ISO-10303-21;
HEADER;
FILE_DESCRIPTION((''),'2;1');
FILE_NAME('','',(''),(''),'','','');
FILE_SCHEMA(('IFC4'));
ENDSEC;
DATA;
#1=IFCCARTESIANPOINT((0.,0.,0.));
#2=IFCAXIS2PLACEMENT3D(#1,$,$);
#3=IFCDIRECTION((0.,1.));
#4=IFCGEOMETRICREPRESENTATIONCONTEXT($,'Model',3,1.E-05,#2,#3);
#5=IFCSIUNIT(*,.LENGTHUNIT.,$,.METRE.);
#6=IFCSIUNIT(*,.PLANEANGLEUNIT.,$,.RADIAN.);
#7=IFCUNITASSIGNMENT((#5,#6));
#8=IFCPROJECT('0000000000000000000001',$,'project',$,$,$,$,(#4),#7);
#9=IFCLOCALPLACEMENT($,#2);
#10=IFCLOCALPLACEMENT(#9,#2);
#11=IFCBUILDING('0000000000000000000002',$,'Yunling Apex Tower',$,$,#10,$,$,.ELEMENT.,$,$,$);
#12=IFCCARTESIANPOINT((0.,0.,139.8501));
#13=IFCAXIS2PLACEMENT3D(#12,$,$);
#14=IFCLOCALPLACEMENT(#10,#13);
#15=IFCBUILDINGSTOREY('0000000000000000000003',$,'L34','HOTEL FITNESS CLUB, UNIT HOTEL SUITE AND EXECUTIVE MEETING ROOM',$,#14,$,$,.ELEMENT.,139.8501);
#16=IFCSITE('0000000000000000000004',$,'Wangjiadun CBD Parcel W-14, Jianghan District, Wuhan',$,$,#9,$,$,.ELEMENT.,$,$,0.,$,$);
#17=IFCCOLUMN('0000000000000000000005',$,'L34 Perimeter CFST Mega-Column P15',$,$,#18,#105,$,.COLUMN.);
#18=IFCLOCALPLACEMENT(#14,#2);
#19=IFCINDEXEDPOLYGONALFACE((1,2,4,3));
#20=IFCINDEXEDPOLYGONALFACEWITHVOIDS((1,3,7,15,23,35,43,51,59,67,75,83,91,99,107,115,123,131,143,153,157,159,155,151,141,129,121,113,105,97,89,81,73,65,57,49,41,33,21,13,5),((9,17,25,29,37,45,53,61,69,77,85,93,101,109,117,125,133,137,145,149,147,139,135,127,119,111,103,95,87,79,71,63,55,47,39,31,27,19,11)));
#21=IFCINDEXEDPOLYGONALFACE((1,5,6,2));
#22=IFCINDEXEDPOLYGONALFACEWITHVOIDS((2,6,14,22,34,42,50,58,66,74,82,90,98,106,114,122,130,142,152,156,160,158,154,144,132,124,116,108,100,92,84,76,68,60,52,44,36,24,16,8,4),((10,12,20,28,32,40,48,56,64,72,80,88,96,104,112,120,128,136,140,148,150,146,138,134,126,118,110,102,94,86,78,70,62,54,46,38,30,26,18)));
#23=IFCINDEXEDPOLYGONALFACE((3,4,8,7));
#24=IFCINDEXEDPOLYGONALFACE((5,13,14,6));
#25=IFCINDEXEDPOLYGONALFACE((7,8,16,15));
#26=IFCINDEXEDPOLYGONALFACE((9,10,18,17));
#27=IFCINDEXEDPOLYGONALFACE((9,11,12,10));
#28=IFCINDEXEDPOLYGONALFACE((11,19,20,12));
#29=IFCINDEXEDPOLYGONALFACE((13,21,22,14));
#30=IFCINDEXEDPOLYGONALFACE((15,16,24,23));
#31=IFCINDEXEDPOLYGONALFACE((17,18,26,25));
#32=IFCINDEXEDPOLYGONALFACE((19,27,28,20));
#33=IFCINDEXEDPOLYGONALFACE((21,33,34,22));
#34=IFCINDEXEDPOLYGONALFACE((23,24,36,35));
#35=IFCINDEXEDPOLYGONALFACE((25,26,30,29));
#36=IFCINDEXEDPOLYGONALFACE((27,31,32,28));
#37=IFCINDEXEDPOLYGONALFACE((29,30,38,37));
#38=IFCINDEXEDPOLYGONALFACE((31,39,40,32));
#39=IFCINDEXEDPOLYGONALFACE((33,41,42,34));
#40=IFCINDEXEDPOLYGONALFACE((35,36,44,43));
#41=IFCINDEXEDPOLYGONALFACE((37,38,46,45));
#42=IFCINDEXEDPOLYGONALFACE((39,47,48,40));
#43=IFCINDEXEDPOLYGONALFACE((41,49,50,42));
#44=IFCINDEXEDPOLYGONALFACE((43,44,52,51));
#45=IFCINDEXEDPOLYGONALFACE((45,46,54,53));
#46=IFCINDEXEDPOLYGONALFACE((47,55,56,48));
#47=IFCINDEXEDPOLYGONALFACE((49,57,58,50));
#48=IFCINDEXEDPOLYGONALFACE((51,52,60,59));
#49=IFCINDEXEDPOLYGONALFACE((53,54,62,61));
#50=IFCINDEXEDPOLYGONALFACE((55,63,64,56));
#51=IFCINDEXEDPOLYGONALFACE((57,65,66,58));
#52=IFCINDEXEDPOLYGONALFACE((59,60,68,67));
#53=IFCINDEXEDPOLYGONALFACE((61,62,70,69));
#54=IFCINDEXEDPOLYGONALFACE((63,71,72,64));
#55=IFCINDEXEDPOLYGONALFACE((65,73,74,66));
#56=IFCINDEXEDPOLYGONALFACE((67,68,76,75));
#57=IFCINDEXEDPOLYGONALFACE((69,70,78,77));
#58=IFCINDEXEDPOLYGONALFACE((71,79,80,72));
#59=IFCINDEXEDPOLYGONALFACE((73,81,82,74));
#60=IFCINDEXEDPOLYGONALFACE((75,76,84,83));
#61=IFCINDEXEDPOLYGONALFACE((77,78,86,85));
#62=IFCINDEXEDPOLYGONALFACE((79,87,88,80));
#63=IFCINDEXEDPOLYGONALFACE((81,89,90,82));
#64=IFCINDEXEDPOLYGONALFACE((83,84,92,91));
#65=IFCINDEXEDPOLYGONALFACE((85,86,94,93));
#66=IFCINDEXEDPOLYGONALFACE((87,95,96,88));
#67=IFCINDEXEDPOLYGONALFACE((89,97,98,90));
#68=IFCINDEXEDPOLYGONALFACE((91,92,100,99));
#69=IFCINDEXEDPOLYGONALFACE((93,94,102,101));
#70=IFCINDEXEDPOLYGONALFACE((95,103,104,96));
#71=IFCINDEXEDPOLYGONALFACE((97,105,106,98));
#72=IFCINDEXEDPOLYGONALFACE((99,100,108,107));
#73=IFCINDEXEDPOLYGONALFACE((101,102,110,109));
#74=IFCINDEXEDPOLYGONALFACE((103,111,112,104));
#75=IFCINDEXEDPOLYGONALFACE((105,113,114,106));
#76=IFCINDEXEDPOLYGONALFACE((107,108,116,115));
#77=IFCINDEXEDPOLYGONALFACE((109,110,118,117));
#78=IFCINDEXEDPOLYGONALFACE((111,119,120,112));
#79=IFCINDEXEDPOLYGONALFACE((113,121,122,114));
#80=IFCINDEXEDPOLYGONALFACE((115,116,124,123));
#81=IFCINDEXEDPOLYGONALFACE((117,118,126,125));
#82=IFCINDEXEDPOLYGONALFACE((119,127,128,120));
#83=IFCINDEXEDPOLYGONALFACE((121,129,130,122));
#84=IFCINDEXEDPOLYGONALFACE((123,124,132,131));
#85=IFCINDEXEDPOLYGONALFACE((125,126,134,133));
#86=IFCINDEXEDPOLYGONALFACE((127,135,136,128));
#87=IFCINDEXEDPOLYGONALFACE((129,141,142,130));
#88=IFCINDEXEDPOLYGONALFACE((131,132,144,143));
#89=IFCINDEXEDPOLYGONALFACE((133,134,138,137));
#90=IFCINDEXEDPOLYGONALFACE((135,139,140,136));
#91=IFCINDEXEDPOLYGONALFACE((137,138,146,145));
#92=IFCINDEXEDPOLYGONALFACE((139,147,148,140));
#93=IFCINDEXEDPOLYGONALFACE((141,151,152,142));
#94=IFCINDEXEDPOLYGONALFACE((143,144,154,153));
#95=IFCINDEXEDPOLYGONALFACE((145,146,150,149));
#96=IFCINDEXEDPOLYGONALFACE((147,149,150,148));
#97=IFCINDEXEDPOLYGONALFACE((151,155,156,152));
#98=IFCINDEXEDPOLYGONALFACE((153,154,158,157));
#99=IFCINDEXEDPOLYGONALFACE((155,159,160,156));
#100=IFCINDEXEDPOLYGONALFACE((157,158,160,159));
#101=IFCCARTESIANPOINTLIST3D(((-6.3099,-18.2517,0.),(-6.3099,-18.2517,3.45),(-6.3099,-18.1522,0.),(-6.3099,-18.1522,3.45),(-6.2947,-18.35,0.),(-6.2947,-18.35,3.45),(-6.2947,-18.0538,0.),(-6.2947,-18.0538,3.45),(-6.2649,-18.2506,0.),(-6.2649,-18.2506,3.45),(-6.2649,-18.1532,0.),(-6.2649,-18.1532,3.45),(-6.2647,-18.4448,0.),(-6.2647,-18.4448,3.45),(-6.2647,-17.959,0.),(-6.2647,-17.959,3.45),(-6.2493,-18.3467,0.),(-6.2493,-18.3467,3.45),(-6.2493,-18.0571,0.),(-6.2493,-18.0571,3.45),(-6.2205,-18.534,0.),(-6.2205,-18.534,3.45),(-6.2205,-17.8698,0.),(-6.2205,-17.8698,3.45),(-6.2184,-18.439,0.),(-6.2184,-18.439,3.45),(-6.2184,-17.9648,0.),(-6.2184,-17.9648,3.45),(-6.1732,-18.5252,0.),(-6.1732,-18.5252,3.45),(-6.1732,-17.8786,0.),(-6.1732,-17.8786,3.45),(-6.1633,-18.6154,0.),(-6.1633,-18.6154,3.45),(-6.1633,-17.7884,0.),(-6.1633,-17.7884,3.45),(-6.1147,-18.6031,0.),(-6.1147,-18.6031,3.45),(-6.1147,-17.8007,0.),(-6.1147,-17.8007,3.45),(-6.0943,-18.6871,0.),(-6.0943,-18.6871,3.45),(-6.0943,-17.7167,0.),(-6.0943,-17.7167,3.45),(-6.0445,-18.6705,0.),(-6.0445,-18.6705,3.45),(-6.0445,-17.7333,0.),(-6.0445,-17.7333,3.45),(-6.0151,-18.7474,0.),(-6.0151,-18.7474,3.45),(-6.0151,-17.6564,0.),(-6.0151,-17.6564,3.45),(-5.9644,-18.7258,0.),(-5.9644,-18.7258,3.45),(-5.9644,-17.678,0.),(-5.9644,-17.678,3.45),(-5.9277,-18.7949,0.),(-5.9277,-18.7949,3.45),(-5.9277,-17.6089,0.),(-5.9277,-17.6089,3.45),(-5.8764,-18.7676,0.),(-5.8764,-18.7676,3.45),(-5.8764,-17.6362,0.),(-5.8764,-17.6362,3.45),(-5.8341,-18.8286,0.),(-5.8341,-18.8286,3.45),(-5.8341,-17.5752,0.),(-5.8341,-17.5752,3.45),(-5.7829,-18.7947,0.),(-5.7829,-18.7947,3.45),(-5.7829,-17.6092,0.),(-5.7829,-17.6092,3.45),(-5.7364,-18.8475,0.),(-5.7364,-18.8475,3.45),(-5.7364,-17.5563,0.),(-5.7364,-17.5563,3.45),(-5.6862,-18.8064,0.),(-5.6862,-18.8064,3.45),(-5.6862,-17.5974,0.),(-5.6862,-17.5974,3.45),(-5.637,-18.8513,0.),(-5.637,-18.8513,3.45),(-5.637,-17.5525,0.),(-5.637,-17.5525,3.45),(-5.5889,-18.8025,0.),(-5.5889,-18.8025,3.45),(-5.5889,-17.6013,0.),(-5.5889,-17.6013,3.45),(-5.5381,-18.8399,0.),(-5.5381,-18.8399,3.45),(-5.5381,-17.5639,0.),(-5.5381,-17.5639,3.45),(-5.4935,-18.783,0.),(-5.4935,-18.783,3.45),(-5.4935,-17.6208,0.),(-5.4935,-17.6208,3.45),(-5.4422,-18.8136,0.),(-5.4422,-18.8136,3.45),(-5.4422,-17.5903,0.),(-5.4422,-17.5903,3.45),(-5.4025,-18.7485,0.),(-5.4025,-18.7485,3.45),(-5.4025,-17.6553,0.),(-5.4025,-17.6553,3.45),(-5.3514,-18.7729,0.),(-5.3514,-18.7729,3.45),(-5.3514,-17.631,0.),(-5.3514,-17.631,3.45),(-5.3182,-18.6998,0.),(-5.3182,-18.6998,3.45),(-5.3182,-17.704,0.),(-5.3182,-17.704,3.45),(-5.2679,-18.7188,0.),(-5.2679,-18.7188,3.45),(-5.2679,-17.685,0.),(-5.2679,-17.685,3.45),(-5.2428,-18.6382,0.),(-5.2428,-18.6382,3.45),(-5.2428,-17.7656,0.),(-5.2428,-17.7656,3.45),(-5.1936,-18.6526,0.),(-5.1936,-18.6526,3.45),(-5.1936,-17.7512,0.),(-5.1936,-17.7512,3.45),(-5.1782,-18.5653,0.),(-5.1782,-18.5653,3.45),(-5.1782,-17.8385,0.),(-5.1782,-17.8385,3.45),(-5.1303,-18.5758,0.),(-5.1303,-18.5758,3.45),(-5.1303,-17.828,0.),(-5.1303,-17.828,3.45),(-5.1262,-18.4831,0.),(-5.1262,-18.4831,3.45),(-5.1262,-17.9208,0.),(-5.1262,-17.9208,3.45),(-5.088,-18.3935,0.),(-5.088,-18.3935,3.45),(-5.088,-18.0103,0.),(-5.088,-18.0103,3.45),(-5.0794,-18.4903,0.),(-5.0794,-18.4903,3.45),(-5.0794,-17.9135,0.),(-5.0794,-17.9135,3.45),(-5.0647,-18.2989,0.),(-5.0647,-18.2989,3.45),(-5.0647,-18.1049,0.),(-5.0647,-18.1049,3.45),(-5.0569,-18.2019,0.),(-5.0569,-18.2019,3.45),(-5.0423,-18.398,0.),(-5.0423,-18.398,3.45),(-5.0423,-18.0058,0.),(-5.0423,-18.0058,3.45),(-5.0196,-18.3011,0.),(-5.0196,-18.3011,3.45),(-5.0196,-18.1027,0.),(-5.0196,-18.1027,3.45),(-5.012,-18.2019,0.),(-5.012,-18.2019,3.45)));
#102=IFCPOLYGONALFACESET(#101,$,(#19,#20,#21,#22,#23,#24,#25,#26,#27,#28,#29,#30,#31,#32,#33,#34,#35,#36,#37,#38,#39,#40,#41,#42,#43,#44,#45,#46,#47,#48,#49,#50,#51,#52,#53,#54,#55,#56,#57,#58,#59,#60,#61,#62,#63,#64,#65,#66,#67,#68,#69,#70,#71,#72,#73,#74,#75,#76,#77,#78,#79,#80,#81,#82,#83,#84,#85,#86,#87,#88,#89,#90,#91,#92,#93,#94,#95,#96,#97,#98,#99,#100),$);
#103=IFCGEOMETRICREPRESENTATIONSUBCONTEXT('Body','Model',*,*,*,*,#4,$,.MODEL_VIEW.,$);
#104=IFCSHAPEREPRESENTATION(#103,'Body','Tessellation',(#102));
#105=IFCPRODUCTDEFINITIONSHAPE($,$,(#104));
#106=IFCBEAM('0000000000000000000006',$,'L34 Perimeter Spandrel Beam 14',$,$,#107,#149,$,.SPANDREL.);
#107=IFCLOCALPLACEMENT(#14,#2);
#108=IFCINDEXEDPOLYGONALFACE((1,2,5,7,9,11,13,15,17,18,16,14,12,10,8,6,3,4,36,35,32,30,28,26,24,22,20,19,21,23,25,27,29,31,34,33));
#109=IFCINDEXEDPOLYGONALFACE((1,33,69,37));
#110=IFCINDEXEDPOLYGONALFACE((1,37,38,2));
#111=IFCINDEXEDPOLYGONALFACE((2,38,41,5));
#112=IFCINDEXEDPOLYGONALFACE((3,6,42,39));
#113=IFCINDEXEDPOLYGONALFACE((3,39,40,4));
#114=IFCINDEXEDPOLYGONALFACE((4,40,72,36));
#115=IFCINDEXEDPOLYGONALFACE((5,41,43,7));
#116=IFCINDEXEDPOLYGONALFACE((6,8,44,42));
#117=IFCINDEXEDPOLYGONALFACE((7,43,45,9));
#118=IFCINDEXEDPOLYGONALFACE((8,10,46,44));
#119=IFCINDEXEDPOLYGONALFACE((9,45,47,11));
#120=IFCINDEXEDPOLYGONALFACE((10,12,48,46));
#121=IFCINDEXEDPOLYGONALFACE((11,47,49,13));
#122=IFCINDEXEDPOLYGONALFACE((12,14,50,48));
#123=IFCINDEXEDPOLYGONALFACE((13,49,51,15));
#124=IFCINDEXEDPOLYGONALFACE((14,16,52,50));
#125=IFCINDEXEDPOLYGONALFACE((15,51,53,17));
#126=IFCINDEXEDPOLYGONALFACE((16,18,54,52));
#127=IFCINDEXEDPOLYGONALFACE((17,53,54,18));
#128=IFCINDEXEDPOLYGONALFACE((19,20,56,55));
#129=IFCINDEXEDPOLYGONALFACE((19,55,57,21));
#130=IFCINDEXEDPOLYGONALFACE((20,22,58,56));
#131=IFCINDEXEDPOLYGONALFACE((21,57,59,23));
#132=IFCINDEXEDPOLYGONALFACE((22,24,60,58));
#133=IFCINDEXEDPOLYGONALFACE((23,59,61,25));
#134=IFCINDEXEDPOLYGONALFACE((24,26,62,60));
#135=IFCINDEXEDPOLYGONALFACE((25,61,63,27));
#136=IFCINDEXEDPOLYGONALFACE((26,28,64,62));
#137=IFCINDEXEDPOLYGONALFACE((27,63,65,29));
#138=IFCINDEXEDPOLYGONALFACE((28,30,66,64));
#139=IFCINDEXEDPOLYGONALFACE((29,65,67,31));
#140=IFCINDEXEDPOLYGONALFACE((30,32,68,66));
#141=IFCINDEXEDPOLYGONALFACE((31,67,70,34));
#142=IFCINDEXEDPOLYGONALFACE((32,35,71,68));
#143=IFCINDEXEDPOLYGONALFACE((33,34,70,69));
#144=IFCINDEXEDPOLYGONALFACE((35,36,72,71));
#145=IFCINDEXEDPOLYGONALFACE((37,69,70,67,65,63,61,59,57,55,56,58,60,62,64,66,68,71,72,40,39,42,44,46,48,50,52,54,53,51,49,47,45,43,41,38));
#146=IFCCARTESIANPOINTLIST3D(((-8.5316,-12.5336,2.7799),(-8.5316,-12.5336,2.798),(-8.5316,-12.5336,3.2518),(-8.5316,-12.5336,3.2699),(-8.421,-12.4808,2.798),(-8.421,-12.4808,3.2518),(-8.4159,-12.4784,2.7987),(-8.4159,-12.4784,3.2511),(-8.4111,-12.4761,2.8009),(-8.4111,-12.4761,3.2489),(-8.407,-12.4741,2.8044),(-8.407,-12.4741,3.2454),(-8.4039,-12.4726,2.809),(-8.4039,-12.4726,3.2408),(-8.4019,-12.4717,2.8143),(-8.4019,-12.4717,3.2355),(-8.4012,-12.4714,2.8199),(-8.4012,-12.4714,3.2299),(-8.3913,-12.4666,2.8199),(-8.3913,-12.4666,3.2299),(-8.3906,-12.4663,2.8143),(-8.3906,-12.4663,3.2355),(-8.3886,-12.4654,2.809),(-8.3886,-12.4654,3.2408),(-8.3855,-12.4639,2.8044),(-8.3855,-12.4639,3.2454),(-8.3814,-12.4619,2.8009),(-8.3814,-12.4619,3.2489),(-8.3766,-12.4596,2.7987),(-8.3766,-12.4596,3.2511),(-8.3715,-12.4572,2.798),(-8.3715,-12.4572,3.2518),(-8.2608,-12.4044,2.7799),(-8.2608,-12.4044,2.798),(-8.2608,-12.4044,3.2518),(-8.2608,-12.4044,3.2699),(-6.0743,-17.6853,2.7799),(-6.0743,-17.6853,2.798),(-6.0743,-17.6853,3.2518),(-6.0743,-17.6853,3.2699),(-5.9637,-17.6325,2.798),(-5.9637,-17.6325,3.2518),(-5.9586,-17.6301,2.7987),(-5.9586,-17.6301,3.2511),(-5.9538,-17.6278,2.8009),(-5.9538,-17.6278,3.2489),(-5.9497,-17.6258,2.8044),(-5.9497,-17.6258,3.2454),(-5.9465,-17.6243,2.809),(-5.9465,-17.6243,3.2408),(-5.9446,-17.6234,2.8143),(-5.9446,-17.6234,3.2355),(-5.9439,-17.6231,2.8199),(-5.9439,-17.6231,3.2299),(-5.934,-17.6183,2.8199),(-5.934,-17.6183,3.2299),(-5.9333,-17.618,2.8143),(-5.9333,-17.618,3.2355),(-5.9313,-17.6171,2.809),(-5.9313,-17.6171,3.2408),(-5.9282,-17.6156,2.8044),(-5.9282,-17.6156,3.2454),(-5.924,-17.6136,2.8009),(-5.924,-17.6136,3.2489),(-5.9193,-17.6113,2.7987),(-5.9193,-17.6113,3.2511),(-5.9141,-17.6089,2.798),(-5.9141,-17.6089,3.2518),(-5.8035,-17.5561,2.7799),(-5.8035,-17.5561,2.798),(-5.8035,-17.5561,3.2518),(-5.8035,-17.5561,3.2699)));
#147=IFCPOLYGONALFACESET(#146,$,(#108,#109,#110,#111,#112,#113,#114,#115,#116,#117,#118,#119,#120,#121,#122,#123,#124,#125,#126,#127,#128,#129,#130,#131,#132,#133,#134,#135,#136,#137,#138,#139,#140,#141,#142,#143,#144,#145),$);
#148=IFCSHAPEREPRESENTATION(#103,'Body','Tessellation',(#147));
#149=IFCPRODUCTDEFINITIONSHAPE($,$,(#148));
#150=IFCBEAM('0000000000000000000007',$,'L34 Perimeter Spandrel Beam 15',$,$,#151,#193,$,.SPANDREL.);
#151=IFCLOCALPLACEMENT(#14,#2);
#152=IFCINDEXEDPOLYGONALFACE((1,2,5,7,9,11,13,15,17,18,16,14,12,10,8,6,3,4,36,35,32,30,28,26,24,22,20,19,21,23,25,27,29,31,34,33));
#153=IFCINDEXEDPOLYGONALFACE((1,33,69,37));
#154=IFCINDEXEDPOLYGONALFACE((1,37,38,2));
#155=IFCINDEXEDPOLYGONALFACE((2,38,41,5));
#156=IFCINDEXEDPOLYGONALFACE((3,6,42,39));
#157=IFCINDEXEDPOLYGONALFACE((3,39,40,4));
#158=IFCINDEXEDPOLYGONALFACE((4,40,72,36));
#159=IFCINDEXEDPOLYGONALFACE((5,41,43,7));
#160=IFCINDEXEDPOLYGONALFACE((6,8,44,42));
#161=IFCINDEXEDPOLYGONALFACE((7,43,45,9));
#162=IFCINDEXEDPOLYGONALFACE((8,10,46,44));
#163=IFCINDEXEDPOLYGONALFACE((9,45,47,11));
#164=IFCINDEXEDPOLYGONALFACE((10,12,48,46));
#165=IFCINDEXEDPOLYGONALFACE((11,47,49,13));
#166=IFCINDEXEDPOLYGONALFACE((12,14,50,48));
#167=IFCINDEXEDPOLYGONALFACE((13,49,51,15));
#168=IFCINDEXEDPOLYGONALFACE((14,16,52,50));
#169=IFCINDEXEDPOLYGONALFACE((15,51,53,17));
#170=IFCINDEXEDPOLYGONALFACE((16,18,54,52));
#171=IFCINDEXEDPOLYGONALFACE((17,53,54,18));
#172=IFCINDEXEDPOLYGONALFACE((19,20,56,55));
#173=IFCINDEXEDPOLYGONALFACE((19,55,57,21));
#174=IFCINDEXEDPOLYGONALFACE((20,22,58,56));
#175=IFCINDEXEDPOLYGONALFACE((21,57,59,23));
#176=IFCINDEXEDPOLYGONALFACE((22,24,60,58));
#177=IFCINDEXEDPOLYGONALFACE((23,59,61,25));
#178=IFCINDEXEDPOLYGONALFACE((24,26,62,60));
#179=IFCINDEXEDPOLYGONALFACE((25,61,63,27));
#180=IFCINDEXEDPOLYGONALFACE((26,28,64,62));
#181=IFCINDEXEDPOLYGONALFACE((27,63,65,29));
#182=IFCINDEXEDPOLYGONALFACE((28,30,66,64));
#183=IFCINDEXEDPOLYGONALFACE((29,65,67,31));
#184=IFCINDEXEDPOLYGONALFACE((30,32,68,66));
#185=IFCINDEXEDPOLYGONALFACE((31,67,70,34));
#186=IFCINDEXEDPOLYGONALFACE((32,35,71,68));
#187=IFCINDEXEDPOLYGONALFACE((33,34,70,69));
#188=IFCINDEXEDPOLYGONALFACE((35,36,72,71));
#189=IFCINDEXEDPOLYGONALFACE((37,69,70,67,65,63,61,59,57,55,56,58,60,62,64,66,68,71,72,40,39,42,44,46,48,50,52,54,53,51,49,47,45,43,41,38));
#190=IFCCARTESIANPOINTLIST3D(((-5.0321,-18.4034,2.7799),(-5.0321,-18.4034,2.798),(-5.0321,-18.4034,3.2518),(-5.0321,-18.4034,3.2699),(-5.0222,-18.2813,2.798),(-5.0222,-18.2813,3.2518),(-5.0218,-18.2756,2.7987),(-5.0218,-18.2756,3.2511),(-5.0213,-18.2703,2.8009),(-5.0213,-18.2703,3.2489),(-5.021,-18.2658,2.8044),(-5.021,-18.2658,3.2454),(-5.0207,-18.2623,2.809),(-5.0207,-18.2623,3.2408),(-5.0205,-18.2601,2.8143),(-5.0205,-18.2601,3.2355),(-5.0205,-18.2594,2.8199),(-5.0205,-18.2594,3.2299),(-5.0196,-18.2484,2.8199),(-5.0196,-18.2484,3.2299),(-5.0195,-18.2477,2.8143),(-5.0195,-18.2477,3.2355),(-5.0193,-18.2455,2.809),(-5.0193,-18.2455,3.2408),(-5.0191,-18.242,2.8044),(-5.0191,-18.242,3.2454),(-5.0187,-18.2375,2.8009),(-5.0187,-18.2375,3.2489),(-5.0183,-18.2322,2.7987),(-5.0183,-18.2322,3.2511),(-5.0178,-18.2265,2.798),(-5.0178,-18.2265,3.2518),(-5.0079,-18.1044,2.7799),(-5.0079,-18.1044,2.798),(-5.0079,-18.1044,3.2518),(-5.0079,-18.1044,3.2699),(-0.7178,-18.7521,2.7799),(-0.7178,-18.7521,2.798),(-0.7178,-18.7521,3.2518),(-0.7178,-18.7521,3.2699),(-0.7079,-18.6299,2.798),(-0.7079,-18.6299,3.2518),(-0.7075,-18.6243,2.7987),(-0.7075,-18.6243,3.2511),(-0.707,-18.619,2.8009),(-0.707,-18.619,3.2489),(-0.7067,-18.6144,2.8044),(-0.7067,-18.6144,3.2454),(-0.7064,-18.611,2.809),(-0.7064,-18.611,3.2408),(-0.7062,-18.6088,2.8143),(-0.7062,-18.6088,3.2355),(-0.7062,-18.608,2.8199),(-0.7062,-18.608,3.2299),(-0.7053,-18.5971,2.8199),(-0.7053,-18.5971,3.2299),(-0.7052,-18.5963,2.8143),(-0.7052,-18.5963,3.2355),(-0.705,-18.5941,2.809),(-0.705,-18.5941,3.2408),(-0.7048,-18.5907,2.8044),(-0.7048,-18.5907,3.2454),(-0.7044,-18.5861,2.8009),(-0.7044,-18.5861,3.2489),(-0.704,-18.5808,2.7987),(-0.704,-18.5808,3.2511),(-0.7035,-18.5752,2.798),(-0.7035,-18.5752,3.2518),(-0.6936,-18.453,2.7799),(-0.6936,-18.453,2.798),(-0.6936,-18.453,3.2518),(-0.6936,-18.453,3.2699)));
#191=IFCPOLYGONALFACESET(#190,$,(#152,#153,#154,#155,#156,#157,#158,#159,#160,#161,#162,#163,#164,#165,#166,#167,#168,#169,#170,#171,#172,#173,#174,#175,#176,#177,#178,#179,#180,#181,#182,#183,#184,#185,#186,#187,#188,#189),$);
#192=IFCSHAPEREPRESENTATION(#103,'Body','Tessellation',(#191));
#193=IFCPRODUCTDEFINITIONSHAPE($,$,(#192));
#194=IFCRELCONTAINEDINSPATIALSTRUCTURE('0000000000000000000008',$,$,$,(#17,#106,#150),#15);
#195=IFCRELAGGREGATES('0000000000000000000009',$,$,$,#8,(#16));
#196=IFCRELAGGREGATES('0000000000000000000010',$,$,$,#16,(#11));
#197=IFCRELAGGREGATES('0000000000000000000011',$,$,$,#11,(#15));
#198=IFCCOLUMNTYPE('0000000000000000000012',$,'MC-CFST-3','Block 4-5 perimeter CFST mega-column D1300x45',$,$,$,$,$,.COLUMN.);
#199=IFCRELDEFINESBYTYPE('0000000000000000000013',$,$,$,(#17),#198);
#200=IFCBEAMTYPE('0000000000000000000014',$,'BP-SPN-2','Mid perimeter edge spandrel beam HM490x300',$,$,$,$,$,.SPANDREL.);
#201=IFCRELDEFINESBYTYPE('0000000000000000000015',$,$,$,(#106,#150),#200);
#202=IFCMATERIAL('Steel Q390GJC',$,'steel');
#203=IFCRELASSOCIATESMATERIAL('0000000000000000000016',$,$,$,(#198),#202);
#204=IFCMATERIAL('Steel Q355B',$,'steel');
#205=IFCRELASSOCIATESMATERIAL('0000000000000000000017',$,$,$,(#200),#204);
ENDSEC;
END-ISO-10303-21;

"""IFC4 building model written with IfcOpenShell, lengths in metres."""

from ifc_helpers import new_model, si_unit, direction, frame, origin, origin_2d, place, context, subcontext, project, spatial, hollow_circle, i_section, extrude, source, transform, mapped, material, material_profile, profile_set, type_object, element, save


model = new_model("IFC4")

# Units and contexts
model_context = context("Model", 3, precision=1e-05, world=origin(), true_north=direction((0.0, 1.0)))
body_context = subcontext(model_context, "Body", "Model", "MODEL_VIEW")
ifc_project = project(units=[si_unit("LENGTHUNIT", "METRE"), si_unit("PLANEANGLEUNIT", "RADIAN")], contexts=[model_context])

# Site, building, storey
site_placement = place(None, origin())
site = spatial("IfcSite", under=ifc_project, at=site_placement, Name="Wangjiadun CBD Parcel W-14, Jianghan District, Wuhan", CompositionType="ELEMENT", RefElevation=0.0)
building_placement = place(site_placement, origin())
building = spatial("IfcBuilding", under=site, at=building_placement, Name="Yunling Apex Tower", CompositionType="ELEMENT")
storey_placement = place(building_placement, frame((0.0, 0.0, 139.8501)))
storey = spatial("IfcBuildingStorey", under=building, at=storey_placement, Name="L34", Description="HOTEL FITNESS CLUB, UNIT HOTEL SUITE AND EXECUTIVE MEETING ROOM", CompositionType="ELEMENT", Elevation=139.8501)

# Column
ifc_material_1 = material(Name="Steel Q390GJC", Category="steel")
ifc_material_profile_1 = material_profile(ifc_material_1, hollow_circle(Radius=0.6499, WallThickness=0.0449, at=origin_2d()))
ifc_profile_set_1 = profile_set([ifc_material_profile_1], Name="Steel Q390GJC")
column_type = type_object("IfcColumnType", Name="MC-CFST-3", Description="Block 4-5 perimeter CFST mega-column D1300x45", PredefinedType="COLUMN", material=ifc_profile_set_1)
shared_shape_1 = source(origin(), body_context, "Body", "SweptSolid", [
    extrude(hollow_circle(Radius=0.6499, WallThickness=0.0449, at=origin_2d()), origin(), (0.0, 0.0, 1.0), 3.45),
])
column_placement = place(storey_placement, frame((-5.6619, -18.2019, 0.0), z_axis=(0.0, 0.0, 1.0), x_axis=(1.0, 0.0, 0.0)))
element("IfcColumn", 1, at=column_placement, inside=storey, type_object=column_type, Name="L34 Perimeter CFST Mega-Column P15", PredefinedType="COLUMN", context=body_context, shape_type="MappedRepresentation", body=[
    mapped(shared_shape_1, transform((0.0, 0.0, 0.0), scale=1.0)),
])

# Beams
ifc_material_2 = material(Name="Steel Q355B", Category="steel")
ifc_material_profile_2 = material_profile(ifc_material_2, i_section(OverallWidth=0.3, OverallDepth=0.49, WebThickness=0.011, FlangeThickness=0.0181, FilletRadius=0.022, at=origin_2d()))
ifc_profile_set_2 = profile_set([ifc_material_profile_2], Name="Steel Q355B")
beam_type_1 = type_object("IfcBeamType", Name="BP-SPN-2", Description="Mid perimeter edge spandrel beam HM490x300", PredefinedType="SPANDREL", material=ifc_profile_set_2)
shared_shape_2 = source(origin(), body_context, "Body", "SweptSolid", [
    extrude(i_section(OverallWidth=0.3, OverallDepth=0.49, WebThickness=0.011, FlangeThickness=0.0181, FilletRadius=0.022, at=origin_2d()), origin(), (0.0, 0.0, 1.0), 5.7078),
])
beam_1_placement = place(storey_placement, frame((-8.3962, -12.469, 3.0249), z_axis=(0.430523, -0.90258, 0.0), x_axis=(0.90258, 0.430523, 0.0)))
element("IfcBeam", 2, at=beam_1_placement, inside=storey, type_object=beam_type_1, Name="L34 Perimeter Spandrel Beam 14", PredefinedType="SPANDREL", context=body_context, shape_type="MappedRepresentation", body=[
    mapped(shared_shape_2, transform((0.0, 0.0, 0.0), scale=1.0)),
])
shared_shape_3 = source(origin(), body_context, "Body", "SweptSolid", [
    extrude(i_section(OverallWidth=0.3, OverallDepth=0.49, WebThickness=0.011, FlangeThickness=0.0181, FilletRadius=0.022, at=origin_2d()), origin(), (0.0, 0.0, 1.0), 4.3284),
])
beam_2_placement = place(storey_placement, frame((-5.02, -18.2539, 3.0249), z_axis=(0.996751, -0.080548, 0.0), x_axis=(0.080548, 0.996751, 0.0)))
element("IfcBeam", 3, at=beam_2_placement, inside=storey, type_object=beam_type_1, Name="L34 Perimeter Spandrel Beam 15", PredefinedType="SPANDREL", context=body_context, shape_type="MappedRepresentation", body=[
    mapped(shared_shape_3, transform((0.0, 0.0, 0.0), scale=1.0)),
])

save(model, "model.ifc")
